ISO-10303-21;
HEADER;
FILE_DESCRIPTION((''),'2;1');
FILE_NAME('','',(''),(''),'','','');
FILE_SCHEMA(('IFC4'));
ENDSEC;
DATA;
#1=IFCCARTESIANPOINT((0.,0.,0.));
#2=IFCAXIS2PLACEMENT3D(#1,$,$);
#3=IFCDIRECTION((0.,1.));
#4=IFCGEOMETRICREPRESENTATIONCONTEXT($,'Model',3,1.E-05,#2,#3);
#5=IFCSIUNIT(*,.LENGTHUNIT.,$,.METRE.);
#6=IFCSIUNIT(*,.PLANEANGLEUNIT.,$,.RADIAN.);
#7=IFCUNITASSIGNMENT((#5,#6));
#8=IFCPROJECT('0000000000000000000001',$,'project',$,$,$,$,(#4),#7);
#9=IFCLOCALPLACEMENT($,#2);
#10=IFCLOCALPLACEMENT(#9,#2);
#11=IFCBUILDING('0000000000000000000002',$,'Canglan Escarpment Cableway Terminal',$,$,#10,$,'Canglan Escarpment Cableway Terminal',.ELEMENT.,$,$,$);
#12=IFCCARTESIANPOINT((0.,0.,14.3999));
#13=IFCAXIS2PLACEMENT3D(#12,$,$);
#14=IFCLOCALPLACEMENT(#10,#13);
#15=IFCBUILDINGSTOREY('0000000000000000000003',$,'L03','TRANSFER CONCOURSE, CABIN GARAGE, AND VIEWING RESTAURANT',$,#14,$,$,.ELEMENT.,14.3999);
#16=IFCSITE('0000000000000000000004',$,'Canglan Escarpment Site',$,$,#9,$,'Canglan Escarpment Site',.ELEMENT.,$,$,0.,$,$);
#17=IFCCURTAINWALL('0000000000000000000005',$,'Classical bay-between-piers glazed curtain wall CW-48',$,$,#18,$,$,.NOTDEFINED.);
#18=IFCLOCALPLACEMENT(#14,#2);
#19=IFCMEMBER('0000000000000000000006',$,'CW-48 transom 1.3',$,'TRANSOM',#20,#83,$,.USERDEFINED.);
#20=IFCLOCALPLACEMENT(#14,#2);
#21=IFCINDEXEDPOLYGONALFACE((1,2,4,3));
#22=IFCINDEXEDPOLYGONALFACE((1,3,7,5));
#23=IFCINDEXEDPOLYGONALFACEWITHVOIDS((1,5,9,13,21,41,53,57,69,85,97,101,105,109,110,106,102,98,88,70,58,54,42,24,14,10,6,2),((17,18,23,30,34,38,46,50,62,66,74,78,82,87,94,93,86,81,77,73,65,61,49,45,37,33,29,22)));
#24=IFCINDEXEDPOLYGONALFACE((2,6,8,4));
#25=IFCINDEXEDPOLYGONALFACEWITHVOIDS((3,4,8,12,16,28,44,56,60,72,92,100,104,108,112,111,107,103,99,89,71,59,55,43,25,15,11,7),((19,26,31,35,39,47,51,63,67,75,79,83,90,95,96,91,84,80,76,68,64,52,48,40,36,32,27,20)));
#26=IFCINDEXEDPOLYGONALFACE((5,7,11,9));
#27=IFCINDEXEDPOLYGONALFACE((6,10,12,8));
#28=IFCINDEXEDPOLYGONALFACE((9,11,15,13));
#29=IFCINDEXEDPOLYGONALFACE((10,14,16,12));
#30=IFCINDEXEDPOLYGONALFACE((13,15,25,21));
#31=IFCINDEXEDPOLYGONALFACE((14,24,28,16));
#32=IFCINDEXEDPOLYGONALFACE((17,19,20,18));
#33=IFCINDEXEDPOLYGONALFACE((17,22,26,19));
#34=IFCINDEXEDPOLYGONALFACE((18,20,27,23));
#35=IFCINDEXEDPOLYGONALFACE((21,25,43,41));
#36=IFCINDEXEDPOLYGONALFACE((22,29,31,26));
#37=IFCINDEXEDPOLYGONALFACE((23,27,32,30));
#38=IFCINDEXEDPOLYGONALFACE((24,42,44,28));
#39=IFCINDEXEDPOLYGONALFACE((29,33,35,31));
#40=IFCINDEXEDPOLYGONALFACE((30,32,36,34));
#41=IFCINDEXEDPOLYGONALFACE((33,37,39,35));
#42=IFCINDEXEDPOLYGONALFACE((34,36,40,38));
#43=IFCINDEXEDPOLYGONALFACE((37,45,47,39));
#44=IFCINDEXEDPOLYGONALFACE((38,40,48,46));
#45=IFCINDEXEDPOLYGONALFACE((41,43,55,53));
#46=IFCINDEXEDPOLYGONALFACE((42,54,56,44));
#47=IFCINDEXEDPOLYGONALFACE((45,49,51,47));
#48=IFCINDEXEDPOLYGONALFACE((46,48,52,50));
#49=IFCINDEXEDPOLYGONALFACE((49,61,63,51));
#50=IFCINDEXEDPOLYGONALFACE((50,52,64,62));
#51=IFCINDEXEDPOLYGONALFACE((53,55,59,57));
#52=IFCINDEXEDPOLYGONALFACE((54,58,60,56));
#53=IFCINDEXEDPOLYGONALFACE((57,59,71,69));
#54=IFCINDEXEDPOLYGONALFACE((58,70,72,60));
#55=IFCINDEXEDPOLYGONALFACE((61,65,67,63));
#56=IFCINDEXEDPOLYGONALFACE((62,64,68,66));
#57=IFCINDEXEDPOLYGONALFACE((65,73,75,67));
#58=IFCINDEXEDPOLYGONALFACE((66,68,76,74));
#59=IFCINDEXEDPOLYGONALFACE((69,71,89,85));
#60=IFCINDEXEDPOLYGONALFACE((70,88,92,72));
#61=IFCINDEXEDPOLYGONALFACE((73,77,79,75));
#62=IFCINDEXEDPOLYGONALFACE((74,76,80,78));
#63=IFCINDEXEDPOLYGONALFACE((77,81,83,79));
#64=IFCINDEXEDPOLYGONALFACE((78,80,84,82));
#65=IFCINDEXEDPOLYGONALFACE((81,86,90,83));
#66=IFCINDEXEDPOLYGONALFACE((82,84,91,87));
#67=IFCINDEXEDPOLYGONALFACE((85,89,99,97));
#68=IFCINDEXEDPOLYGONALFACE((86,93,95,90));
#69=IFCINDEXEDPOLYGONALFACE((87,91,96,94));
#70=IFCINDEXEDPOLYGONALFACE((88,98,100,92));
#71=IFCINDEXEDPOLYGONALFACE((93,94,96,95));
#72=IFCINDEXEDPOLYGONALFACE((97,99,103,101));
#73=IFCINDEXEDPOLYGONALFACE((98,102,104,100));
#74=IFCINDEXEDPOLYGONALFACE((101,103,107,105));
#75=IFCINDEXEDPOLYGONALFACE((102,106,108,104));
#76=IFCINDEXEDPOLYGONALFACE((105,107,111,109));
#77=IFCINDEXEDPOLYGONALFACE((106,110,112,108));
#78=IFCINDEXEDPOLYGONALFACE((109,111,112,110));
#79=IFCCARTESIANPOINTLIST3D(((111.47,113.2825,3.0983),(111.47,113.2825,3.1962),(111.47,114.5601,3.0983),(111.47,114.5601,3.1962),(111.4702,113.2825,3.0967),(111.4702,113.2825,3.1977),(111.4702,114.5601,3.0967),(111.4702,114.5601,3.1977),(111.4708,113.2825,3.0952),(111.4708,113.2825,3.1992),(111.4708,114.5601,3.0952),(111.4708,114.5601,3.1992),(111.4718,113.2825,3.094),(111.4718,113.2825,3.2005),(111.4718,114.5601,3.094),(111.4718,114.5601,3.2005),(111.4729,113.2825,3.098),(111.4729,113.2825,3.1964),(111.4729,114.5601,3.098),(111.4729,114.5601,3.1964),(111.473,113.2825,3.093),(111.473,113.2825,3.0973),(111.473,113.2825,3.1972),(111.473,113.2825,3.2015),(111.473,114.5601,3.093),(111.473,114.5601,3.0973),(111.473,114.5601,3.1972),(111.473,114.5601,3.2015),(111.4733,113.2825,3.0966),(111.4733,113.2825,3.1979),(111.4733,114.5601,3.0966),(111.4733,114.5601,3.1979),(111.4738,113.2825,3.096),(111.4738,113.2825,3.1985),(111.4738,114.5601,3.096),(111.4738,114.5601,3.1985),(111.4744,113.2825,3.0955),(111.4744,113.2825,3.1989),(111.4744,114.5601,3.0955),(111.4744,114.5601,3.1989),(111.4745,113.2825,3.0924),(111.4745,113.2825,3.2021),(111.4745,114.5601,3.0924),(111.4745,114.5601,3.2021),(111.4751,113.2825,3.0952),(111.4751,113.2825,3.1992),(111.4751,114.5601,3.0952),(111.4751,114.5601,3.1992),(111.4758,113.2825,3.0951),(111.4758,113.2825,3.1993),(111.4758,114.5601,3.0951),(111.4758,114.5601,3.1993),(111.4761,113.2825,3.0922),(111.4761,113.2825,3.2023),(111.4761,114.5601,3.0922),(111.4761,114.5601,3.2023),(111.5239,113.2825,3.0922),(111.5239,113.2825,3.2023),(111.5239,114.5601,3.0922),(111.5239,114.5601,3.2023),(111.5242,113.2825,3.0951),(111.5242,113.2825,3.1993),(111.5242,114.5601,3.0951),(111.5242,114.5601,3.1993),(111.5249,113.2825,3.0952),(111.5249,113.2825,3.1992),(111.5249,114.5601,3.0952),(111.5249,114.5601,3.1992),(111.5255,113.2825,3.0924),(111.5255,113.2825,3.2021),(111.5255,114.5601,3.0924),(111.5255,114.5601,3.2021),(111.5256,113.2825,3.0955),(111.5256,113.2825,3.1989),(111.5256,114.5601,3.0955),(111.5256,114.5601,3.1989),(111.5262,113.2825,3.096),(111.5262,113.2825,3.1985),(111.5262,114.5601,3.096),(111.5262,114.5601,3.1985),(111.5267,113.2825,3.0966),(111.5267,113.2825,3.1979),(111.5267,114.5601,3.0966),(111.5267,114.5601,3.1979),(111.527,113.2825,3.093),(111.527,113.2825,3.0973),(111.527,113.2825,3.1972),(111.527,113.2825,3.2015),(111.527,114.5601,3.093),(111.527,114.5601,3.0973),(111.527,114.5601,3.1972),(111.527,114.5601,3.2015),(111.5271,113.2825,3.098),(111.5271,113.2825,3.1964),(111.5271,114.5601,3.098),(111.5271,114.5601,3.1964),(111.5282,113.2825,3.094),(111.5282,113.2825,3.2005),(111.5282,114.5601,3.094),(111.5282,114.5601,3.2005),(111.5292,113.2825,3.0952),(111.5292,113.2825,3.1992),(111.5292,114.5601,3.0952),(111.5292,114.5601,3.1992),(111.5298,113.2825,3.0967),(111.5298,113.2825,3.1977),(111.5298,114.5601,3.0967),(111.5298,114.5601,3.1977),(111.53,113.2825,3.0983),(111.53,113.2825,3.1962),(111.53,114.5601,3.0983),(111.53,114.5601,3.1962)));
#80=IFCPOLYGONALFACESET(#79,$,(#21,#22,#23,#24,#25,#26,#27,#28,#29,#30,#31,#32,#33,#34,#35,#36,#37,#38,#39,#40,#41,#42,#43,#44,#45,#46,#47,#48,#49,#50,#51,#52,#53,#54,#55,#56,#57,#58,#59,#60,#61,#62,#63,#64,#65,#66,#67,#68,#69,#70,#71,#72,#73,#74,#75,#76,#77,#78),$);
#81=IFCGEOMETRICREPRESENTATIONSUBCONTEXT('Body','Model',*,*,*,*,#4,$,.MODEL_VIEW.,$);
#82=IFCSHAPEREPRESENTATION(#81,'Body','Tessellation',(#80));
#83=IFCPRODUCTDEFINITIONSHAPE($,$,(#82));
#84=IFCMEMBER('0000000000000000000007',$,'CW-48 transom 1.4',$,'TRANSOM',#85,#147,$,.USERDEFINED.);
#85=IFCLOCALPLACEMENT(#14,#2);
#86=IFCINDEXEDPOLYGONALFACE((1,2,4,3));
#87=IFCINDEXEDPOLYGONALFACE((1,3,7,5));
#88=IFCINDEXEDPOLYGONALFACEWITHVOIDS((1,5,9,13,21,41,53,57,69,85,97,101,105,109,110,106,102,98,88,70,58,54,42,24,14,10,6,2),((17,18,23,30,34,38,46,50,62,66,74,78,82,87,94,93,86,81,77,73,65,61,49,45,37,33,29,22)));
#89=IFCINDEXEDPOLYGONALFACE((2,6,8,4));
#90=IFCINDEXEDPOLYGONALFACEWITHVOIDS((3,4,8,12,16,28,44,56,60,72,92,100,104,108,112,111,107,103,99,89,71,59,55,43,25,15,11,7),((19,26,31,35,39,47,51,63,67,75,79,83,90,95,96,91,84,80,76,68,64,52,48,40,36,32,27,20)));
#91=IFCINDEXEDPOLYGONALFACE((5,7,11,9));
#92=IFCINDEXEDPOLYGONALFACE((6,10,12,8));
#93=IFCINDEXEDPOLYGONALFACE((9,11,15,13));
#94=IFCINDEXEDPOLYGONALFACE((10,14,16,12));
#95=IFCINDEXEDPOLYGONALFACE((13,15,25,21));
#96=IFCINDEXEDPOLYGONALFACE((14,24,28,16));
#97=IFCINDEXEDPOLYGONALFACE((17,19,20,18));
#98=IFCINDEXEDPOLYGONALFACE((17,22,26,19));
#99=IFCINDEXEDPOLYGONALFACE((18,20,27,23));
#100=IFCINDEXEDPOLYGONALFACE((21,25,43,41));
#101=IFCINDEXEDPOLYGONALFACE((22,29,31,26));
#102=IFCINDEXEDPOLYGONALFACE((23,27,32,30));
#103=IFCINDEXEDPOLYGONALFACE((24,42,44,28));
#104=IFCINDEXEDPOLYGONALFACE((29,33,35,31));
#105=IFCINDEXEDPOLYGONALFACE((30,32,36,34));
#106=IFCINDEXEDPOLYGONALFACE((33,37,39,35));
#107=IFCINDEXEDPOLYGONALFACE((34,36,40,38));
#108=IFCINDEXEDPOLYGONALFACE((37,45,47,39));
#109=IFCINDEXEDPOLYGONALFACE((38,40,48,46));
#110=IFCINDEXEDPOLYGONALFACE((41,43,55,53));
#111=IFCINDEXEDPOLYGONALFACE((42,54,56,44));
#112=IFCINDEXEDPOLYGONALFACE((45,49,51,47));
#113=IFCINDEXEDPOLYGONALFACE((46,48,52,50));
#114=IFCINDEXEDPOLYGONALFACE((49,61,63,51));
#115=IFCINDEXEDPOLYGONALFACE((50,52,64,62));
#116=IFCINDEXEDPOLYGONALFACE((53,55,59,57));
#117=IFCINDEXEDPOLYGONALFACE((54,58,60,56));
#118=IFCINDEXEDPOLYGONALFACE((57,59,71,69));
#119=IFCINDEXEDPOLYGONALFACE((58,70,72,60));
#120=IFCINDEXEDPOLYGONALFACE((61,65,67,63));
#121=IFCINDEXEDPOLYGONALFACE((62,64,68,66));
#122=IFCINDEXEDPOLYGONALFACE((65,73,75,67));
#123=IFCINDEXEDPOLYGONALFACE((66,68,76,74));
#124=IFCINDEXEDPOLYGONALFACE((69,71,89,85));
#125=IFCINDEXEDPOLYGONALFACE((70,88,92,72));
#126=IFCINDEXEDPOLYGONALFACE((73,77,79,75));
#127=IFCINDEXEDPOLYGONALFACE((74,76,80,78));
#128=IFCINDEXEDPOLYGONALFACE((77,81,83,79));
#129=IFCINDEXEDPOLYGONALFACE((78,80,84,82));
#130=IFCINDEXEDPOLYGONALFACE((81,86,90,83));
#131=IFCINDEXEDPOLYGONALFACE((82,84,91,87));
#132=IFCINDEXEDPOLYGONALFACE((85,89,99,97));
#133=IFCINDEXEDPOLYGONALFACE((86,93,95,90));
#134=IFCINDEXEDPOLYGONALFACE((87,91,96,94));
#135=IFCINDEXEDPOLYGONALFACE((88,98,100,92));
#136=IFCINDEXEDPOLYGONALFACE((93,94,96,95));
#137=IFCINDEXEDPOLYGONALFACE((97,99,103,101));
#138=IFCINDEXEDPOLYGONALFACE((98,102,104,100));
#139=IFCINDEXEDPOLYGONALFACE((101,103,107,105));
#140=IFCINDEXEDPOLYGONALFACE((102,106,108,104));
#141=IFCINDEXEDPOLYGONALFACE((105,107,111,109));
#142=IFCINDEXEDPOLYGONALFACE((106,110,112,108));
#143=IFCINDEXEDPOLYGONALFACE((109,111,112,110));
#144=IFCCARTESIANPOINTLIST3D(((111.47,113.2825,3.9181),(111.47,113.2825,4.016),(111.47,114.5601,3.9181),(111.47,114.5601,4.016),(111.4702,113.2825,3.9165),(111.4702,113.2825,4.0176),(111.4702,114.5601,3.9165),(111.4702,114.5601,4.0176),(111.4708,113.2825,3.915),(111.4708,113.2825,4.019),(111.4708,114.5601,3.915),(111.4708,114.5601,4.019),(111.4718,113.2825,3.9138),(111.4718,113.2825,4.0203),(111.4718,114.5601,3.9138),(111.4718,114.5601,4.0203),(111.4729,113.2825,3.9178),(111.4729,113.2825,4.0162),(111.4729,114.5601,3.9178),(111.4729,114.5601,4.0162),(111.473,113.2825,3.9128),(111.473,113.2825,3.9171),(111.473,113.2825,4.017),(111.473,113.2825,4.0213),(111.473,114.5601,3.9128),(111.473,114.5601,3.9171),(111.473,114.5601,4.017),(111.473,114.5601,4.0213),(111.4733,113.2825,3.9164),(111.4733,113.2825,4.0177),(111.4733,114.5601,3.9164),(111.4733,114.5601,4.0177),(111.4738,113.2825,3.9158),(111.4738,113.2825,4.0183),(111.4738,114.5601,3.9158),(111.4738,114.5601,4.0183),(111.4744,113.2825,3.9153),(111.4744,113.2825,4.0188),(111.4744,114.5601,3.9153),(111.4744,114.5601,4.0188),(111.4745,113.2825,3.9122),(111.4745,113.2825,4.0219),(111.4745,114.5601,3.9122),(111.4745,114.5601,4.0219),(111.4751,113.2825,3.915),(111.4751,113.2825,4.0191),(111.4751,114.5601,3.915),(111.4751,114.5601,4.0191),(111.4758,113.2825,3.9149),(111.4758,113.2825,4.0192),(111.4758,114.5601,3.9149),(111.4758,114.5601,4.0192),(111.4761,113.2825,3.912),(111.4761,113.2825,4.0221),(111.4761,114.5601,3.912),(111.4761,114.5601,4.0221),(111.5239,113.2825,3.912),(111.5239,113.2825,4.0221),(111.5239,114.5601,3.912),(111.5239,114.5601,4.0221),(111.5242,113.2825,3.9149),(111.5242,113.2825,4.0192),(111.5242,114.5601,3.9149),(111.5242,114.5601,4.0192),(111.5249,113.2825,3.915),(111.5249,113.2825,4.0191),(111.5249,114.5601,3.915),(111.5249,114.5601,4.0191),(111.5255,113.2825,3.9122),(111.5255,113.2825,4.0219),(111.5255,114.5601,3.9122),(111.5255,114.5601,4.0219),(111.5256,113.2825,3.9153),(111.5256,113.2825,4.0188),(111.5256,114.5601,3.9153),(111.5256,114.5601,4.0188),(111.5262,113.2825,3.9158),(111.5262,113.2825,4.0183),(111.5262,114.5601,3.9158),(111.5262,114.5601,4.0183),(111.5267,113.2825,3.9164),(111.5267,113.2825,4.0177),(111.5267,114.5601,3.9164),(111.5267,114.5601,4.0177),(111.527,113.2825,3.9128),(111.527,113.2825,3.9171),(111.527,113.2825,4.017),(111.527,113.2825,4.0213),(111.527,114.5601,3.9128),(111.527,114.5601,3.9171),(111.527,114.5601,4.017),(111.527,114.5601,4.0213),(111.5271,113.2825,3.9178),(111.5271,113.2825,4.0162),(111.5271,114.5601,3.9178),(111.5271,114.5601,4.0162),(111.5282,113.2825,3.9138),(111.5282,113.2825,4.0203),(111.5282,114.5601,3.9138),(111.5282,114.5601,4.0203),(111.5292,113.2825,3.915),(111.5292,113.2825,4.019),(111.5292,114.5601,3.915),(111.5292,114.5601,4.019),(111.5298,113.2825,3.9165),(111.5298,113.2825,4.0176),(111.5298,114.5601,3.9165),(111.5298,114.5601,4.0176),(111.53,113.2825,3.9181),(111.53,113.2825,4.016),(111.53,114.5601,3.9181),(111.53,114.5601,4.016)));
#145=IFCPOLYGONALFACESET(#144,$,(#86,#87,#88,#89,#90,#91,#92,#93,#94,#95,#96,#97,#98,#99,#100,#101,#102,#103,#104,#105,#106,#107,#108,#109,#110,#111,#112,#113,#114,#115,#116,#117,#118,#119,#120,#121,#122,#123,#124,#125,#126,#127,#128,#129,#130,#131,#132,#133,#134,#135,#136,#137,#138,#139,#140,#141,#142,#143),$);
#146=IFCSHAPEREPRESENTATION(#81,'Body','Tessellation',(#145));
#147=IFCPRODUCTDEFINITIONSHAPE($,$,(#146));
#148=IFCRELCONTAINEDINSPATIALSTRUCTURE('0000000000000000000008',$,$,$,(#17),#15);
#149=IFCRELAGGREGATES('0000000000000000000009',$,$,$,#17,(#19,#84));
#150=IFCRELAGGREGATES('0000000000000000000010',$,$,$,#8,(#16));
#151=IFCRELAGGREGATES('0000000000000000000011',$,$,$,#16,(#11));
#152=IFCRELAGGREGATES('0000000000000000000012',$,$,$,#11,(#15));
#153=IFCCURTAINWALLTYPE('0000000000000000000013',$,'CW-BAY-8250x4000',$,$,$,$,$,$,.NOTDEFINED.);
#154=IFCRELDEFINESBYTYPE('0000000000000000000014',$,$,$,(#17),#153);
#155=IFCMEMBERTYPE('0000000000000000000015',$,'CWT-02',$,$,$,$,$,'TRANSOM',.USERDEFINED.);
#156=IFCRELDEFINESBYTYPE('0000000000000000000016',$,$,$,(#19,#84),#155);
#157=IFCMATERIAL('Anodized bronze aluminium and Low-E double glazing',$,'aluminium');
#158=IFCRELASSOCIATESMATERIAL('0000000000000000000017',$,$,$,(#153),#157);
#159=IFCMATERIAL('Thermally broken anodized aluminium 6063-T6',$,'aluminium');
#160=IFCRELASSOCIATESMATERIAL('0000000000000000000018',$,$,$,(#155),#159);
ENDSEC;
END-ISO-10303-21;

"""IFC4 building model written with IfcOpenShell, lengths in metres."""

from ifc_helpers import new_model, si_unit, direction, frame, origin, origin_2d, place, context, subcontext, project, spatial, hollow_rectangle, extrude, material, material_profile, profile_set, type_object, element, aggregate, save


model = new_model("IFC4")

# Units and contexts
model_context = context("Model", 3, precision=1e-05, world=origin(), true_north=direction((0.0, 1.0)))
body_context = subcontext(model_context, "Body", "Model", "MODEL_VIEW")
ifc_project = project(units=[si_unit("LENGTHUNIT", "METRE"), si_unit("PLANEANGLEUNIT", "RADIAN")], contexts=[model_context])

# Site, building, storey
site_placement = place(None, origin())
site = spatial("IfcSite", under=ifc_project, at=site_placement, Name="Canglan Escarpment Site", LongName="Canglan Escarpment Site", CompositionType="ELEMENT", RefElevation=0.0)
building_placement = place(site_placement, origin())
building = spatial("IfcBuilding", under=site, at=building_placement, Name="Canglan Escarpment Cableway Terminal", LongName="Canglan Escarpment Cableway Terminal", CompositionType="ELEMENT")
storey_placement = place(building_placement, frame((0.0, 0.0, 14.3999)))
storey = spatial("IfcBuildingStorey", under=building, at=storey_placement, Name="L03", Description="TRANSFER CONCOURSE, CABIN GARAGE, AND VIEWING RESTAURANT", CompositionType="ELEMENT", Elevation=14.3999)

# Curtain wall, members
ifc_material_1 = material(Name="Anodized bronze aluminium and Low-E double glazing", Category="aluminium")
curtain_wall_type = type_object("IfcCurtainWallType", Name="CW-BAY-8250x4000", PredefinedType="NOTDEFINED", material=ifc_material_1)
curtain_wall_placement = place(storey_placement, origin())
curtain_wall = element("IfcCurtainWall", 1, at=curtain_wall_placement, inside=storey, type_object=curtain_wall_type, Name="Classical bay-between-piers glazed curtain wall CW-48", PredefinedType="NOTDEFINED")
ifc_material_2 = material(Name="Thermally broken anodized aluminium 6063-T6", Category="aluminium")
ifc_material_profile_1 = material_profile(ifc_material_2, hollow_rectangle(XDim=0.0601, YDim=0.1101, WallThickness=0.0029, InnerFilletRadius=0.0029, OuterFilletRadius=0.0061, at=origin_2d()), Name="ALU-TRAN 60x110x3")
ifc_profile_set_1 = profile_set([ifc_material_profile_1], Name="Thermally broken anodized aluminium 6063-T6")
member_type_1 = type_object("IfcMemberType", Name="CWT-02", ElementType="TRANSOM", PredefinedType="USERDEFINED", material=ifc_profile_set_1)
member_1_placement = place(storey_placement, frame((111.5, 114.5601, 3.1472), z_axis=(0.0, -1.0, 0.0), x_axis=(1.0, 0.0, 0.0)))
member_1 = element("IfcMember", 2, at=member_1_placement, type_object=member_type_1, Name="CW-48 transom 1.3", ObjectType="TRANSOM", PredefinedType="USERDEFINED", context=body_context, shape_type="SweptSolid", body=[
    extrude(hollow_rectangle(XDim=0.0601, YDim=0.1101, WallThickness=0.0029, InnerFilletRadius=0.0029, OuterFilletRadius=0.0061, at=origin_2d()), origin(), (0.0, 0.0, 1.0), 1.2776),
])
member_2_placement = place(storey_placement, frame((111.5, 114.5601, 3.967), z_axis=(0.0, -1.0, 0.0), x_axis=(1.0, 0.0, 0.0)))
member_2 = element("IfcMember", 3, at=member_2_placement, type_object=member_type_1, Name="CW-48 transom 1.4", ObjectType="TRANSOM", PredefinedType="USERDEFINED", context=body_context, shape_type="SweptSolid", body=[
    extrude(hollow_rectangle(XDim=0.0601, YDim=0.1101, WallThickness=0.0029, InnerFilletRadius=0.0029, OuterFilletRadius=0.0061, at=origin_2d()), origin(), (0.0, 0.0, 1.0), 1.2776),
])
aggregate(curtain_wall, [member_1, member_2])

save(model, "model.ifc")
